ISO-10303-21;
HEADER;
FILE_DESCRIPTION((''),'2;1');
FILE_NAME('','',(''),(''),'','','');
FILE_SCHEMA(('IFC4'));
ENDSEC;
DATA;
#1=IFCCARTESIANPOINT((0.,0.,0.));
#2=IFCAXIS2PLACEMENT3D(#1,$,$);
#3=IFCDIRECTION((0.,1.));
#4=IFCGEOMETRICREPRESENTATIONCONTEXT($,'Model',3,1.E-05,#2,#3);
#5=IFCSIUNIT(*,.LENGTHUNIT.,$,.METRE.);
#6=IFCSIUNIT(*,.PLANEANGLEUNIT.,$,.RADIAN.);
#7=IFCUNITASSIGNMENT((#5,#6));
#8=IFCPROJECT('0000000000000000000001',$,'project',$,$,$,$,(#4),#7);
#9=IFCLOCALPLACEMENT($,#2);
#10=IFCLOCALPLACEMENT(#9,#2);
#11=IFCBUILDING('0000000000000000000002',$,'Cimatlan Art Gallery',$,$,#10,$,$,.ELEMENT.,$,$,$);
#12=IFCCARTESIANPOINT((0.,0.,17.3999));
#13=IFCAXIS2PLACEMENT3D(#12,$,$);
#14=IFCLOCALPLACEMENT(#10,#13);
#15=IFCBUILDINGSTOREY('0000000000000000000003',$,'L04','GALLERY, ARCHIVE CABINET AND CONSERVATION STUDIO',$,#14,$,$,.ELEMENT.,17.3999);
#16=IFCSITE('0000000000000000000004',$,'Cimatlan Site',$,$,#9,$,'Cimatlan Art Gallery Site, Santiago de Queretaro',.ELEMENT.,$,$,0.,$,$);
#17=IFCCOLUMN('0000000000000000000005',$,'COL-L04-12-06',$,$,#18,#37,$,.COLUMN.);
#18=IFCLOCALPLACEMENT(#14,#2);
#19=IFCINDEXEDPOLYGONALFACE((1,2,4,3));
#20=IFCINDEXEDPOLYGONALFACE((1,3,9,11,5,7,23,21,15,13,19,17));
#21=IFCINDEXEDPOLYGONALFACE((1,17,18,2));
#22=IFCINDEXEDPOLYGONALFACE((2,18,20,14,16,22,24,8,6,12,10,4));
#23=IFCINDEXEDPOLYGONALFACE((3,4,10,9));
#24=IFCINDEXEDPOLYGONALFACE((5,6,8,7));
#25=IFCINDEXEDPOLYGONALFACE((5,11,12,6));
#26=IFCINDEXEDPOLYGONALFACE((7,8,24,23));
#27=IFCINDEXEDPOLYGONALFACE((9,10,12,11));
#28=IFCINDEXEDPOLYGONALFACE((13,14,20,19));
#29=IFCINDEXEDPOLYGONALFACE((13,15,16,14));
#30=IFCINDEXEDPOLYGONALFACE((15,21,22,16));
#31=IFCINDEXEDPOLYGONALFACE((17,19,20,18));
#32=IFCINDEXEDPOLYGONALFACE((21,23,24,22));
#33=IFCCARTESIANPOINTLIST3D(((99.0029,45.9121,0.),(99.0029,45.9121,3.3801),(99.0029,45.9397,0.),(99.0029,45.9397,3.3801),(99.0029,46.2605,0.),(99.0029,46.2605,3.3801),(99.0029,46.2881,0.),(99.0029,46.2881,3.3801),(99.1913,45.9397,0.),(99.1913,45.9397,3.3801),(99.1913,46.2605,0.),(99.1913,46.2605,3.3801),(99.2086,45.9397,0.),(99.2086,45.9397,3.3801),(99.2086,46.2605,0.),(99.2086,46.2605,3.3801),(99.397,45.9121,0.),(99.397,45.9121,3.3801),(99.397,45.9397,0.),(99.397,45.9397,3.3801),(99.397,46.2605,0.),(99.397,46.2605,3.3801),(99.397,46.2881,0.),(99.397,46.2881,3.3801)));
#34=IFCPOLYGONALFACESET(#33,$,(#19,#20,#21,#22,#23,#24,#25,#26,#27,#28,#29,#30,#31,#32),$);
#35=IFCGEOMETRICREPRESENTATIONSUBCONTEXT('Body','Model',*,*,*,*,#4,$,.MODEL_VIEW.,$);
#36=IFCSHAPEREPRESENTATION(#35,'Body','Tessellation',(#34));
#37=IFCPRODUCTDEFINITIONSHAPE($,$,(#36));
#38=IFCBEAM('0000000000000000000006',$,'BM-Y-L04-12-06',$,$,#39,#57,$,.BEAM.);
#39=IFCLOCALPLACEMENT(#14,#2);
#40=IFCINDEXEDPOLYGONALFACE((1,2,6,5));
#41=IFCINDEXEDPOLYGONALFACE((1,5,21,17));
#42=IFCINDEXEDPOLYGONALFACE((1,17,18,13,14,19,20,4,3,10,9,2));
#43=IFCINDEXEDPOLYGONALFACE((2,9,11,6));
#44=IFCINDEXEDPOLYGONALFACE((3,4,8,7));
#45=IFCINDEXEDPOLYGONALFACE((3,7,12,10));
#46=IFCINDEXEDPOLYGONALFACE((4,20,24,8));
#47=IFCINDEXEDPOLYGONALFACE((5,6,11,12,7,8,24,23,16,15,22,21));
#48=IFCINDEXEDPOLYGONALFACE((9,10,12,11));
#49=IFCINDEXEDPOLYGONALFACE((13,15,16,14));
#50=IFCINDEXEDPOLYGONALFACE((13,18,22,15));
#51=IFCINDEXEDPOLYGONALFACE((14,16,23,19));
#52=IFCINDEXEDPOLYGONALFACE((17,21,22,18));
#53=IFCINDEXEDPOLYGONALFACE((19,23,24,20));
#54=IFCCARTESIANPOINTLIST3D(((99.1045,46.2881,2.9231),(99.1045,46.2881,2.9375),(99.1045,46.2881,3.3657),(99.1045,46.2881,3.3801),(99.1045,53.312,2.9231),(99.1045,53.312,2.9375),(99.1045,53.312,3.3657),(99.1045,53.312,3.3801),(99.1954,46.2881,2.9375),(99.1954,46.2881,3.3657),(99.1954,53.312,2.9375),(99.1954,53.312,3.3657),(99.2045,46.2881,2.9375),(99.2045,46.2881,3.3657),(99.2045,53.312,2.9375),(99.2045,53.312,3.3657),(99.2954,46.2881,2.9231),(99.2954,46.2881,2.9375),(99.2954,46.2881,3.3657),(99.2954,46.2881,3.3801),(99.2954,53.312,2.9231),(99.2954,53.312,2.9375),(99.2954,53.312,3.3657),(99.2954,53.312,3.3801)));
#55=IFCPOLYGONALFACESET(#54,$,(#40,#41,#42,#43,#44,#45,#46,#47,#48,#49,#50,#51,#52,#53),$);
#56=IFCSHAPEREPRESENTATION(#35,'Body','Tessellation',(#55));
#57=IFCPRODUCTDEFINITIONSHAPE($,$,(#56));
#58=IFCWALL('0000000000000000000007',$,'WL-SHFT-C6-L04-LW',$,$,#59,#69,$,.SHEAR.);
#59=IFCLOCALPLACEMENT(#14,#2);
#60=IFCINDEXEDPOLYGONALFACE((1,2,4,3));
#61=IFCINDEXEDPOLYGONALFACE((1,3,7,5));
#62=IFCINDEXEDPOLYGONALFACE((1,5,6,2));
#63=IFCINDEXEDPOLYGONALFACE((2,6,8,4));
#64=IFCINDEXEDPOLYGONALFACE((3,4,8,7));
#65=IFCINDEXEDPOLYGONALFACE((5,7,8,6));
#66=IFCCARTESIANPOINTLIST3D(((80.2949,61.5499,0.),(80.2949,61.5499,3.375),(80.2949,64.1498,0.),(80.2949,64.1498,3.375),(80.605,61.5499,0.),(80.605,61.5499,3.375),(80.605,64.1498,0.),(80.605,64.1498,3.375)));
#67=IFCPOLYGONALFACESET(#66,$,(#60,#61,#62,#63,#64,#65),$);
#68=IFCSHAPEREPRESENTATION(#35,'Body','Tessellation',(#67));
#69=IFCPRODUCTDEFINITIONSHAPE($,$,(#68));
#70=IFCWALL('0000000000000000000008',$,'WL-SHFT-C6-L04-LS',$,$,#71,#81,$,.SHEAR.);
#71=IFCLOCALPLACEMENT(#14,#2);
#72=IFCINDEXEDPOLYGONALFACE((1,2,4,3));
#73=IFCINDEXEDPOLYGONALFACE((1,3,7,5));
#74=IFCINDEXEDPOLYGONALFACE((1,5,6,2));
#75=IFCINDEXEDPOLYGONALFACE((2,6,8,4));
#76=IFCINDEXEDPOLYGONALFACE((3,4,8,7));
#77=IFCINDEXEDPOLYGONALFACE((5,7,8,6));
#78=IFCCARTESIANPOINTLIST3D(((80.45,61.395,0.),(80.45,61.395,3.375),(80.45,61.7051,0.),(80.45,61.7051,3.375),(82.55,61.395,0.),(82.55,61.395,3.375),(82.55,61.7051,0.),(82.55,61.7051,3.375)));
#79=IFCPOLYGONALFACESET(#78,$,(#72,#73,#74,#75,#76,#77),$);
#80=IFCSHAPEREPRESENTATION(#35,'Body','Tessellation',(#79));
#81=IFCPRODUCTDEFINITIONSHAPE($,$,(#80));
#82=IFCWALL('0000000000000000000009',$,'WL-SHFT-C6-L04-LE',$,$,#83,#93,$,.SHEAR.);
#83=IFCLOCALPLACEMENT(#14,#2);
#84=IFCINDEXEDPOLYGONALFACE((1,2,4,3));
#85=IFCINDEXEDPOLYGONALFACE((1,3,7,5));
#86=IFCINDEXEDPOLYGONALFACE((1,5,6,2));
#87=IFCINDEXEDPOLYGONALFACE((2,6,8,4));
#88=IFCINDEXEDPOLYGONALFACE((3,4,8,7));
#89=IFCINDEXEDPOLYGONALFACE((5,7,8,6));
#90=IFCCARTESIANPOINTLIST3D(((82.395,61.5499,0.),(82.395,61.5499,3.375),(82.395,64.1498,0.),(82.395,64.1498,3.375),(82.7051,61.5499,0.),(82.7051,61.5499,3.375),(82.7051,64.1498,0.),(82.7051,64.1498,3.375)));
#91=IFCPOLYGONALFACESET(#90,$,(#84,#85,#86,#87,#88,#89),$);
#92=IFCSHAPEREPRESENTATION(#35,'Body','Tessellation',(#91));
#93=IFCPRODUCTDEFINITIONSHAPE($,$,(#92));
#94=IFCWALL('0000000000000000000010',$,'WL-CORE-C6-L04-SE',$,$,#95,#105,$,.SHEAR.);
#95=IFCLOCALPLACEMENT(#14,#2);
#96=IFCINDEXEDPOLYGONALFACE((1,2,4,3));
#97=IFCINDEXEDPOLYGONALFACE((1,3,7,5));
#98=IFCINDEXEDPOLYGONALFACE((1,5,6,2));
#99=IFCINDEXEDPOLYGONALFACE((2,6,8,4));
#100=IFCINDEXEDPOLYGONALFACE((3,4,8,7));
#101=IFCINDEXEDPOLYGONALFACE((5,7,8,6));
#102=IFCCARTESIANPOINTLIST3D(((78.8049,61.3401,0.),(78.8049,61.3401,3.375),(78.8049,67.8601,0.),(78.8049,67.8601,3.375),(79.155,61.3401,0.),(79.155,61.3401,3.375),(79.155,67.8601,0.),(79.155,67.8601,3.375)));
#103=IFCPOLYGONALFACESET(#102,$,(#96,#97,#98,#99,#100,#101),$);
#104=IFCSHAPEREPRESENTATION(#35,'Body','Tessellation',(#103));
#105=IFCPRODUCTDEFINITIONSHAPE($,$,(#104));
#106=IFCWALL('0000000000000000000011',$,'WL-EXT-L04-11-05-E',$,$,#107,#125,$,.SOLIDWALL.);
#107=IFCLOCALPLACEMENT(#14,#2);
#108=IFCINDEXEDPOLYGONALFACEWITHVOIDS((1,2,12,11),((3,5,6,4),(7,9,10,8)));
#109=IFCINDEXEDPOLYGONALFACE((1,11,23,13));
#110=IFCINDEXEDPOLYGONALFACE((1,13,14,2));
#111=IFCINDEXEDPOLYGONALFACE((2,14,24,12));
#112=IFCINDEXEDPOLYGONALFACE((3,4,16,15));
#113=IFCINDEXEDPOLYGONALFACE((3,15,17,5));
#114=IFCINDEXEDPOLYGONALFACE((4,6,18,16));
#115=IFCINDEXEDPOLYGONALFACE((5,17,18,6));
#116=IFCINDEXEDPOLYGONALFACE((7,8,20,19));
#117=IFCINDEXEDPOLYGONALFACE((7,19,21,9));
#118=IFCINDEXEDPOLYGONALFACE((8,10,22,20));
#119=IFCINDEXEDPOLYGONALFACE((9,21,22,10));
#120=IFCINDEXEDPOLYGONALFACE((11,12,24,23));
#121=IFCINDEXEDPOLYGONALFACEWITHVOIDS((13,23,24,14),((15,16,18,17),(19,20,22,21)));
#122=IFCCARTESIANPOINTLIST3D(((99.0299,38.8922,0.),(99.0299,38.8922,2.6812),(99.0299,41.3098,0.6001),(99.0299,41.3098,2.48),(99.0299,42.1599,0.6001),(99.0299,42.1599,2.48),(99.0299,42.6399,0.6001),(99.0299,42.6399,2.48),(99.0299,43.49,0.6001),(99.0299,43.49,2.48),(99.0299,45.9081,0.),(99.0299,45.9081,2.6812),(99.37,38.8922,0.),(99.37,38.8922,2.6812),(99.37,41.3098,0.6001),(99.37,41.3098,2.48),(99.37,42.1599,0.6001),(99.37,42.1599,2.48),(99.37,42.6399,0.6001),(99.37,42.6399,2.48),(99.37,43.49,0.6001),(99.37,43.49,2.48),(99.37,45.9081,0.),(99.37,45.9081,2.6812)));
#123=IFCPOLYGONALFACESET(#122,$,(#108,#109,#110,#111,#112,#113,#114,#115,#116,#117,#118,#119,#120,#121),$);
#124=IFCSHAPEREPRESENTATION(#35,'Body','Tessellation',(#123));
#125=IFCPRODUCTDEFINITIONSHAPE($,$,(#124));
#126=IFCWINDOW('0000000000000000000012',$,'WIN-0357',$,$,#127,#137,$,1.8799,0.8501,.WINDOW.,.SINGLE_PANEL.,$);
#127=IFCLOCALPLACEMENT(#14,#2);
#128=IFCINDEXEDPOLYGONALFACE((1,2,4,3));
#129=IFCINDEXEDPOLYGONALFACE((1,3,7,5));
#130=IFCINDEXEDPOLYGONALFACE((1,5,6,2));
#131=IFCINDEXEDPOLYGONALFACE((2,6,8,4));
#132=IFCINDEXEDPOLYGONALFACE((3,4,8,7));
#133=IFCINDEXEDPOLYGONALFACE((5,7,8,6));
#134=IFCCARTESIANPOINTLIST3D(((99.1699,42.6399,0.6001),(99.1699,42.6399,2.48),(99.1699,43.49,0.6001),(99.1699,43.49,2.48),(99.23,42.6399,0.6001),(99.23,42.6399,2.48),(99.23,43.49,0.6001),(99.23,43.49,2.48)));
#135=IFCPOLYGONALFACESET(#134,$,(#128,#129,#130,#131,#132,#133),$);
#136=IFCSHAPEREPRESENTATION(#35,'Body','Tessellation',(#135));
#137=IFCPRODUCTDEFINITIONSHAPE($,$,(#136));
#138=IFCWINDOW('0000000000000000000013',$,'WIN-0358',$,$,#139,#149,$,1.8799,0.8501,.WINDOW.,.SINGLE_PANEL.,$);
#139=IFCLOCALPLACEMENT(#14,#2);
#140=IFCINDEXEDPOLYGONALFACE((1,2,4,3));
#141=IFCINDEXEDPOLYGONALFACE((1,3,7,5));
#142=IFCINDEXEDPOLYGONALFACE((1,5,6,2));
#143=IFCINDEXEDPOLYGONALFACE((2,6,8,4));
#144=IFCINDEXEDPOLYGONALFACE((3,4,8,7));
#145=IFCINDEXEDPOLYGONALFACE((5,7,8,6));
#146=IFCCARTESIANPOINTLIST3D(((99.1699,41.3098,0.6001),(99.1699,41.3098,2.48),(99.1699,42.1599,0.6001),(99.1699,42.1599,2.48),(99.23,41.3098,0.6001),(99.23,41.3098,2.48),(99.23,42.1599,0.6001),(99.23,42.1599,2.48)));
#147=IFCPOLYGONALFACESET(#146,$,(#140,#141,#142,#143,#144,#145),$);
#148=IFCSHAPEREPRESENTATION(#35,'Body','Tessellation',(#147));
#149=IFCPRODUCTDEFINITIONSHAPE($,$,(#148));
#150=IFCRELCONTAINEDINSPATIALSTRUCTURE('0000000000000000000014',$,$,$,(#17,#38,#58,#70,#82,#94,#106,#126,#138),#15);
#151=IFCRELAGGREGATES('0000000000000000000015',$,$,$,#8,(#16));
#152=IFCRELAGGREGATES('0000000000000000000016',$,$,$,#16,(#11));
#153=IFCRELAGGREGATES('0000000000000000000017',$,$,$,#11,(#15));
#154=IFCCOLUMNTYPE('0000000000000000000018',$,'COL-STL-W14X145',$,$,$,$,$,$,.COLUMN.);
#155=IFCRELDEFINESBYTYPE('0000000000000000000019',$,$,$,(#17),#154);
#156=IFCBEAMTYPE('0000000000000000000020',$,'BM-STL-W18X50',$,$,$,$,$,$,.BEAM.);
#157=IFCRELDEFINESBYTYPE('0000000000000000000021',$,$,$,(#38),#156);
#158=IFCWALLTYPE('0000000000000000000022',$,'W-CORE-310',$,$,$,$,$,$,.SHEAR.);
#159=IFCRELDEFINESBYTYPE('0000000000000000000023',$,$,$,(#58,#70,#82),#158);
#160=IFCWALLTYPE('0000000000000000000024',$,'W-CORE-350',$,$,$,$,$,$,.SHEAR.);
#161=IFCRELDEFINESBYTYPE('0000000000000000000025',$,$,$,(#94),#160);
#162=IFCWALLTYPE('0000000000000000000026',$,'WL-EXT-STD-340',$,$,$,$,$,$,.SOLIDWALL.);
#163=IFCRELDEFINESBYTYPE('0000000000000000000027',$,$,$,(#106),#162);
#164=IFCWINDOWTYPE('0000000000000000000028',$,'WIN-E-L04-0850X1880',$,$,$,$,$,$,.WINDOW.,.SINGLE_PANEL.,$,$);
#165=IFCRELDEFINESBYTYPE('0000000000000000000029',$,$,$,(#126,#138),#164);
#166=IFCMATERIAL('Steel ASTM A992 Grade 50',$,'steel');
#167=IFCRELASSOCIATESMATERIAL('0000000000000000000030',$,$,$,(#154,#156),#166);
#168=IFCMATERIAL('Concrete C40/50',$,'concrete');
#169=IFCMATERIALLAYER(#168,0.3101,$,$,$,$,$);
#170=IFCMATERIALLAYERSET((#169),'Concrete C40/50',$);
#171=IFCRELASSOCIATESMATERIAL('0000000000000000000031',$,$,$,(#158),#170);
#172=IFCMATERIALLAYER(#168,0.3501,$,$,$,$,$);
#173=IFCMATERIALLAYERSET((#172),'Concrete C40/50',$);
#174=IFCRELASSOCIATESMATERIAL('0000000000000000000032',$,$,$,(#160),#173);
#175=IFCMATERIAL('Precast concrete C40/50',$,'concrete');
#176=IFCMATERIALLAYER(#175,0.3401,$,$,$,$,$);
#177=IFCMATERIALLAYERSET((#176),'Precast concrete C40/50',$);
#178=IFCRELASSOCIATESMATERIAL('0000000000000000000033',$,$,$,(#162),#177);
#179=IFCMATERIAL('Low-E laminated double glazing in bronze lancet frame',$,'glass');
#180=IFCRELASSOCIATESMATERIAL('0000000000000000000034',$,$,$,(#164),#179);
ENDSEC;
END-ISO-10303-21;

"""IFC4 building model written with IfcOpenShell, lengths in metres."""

from ifc_helpers import new_model, si_unit, direction, frame, frame_2d, origin, origin_2d, place, context, subcontext, project, spatial, rectangle, i_section, extrude, material, layer, layer_set, material_profile, profile_set, type_object, element, fill, save


model = new_model("IFC4")

# Units and contexts
model_context = context("Model", 3, precision=1e-05, world=origin(), true_north=direction((0.0, 1.0)))
body_context = subcontext(model_context, "Body", "Model", "MODEL_VIEW")
ifc_project = project(units=[si_unit("LENGTHUNIT", "METRE"), si_unit("PLANEANGLEUNIT", "RADIAN")], contexts=[model_context])

# Site, building, storey
site_placement = place(None, origin())
site = spatial("IfcSite", under=ifc_project, at=site_placement, Name="Cimatlan Site", LongName="Cimatlan Art Gallery Site, Santiago de Queretaro", CompositionType="ELEMENT", RefElevation=0.0)
building_placement = place(site_placement, origin())
building = spatial("IfcBuilding", under=site, at=building_placement, Name="Cimatlan Art Gallery", CompositionType="ELEMENT")
storey_placement = place(building_placement, frame((0.0, 0.0, 17.3999)))
storey = spatial("IfcBuildingStorey", under=building, at=storey_placement, Name="L04", Description="GALLERY, ARCHIVE CABINET AND CONSERVATION STUDIO", CompositionType="ELEMENT", Elevation=17.3999)

# Column
ifc_material_1 = material(Name="Steel ASTM A992 Grade 50", Category="steel")
ifc_material_profile_1 = material_profile(ifc_material_1, i_section(OverallWidth=0.394, OverallDepth=0.376, WebThickness=0.0173, FlangeThickness=0.0276, at=origin_2d()), Name="W14X145")
ifc_profile_set_1 = profile_set([ifc_material_profile_1], Name="Steel ASTM A992 Grade 50")
column_type = type_object("IfcColumnType", Name="COL-STL-W14X145", PredefinedType="COLUMN", material=ifc_profile_set_1)
column_placement = place(storey_placement, frame((99.2, 46.1001, 0.0), z_axis=(0.0, 0.0, 1.0), x_axis=(1.0, 0.0, 0.0)))
element("IfcColumn", 1, at=column_placement, inside=storey, type_object=column_type, Name="COL-L04-12-06", PredefinedType="COLUMN", context=body_context, shape_type="SweptSolid", body=[
    extrude(i_section(OverallWidth=0.394, OverallDepth=0.376, WebThickness=0.0173, FlangeThickness=0.0276, at=origin_2d()), origin(), (0.0, 0.0, 1.0), 3.3801),
])

# Beam
ifc_material_profile_2 = material_profile(ifc_material_1, i_section(OverallWidth=0.1909, OverallDepth=0.457, WebThickness=0.009, FlangeThickness=0.0144, at=origin_2d()), Name="W18X50")
ifc_profile_set_2 = profile_set([ifc_material_profile_2], Name="Steel ASTM A992 Grade 50")
beam_type = type_object("IfcBeamType", Name="BM-STL-W18X50", PredefinedType="BEAM", material=ifc_profile_set_2)
beam_placement = place(storey_placement, frame((99.2, 46.2881, 3.1516), z_axis=(0.0, 1.0, 0.0), x_axis=(-1.0, 0.0, 0.0)))
element("IfcBeam", 2, at=beam_placement, inside=storey, type_object=beam_type, Name="BM-Y-L04-12-06", PredefinedType="BEAM", context=body_context, shape_type="SweptSolid", body=[
    extrude(i_section(OverallWidth=0.1909, OverallDepth=0.457, WebThickness=0.009, FlangeThickness=0.0144, at=origin_2d()), origin(), (0.0, 0.0, 1.0), 7.0239),
])

# Walls
ifc_material_2 = material(Name="Concrete C40/50", Category="concrete")
ifc_layer_1 = layer(ifc_material_2, 0.3101)
ifc_layer_set_1 = layer_set([ifc_layer_1], Name="Concrete C40/50")
wall_type_1 = type_object("IfcWallType", Name="W-CORE-310", PredefinedType="SHEAR", material=ifc_layer_set_1)
wall_1_placement = place(storey_placement, frame((80.45, 61.55, 0.0), z_axis=(0.0, 0.0, 1.0), x_axis=(0.0, 1.0, 0.0)))
element("IfcWall", 3, at=wall_1_placement, inside=storey, type_object=wall_type_1, Name="WL-SHFT-C6-L04-LW", PredefinedType="SHEAR", context=body_context, shape_type="SweptSolid", body=[
    extrude(rectangle(XDim=2.5999, YDim=0.3101, at=frame_2d((1.2998, 0.0))), origin(), (0.0, 0.0, 1.0), 3.375),
])
wall_2_placement = place(storey_placement, frame((80.45, 61.55, 0.0), z_axis=(0.0, 0.0, 1.0), x_axis=(1.0, 0.0, 0.0)))
element("IfcWall", 4, at=wall_2_placement, inside=storey, type_object=wall_type_1, Name="WL-SHFT-C6-L04-LS", PredefinedType="SHEAR", context=body_context, shape_type="SweptSolid", body=[
    extrude(rectangle(XDim=2.1001, YDim=0.3101, at=frame_2d((1.05, 0.0))), origin(), (0.0, 0.0, 1.0), 3.375),
])
wall_3_placement = place(storey_placement, frame((82.55, 61.55, 0.0), z_axis=(0.0, 0.0, 1.0), x_axis=(0.0, 1.0, 0.0)))
element("IfcWall", 5, at=wall_3_placement, inside=storey, type_object=wall_type_1, Name="WL-SHFT-C6-L04-LE", PredefinedType="SHEAR", context=body_context, shape_type="SweptSolid", body=[
    extrude(rectangle(XDim=2.5999, YDim=0.3101, at=frame_2d((1.2998, 0.0))), origin(), (0.0, 0.0, 1.0), 3.375),
])

# Wall
ifc_layer_2 = layer(ifc_material_2, 0.3501)
ifc_layer_set_2 = layer_set([ifc_layer_2], Name="Concrete C40/50")
wall_type_2 = type_object("IfcWallType", Name="W-CORE-350", PredefinedType="SHEAR", material=ifc_layer_set_2)
wall_4_placement = place(storey_placement, frame((78.98, 61.3401, 0.0), z_axis=(0.0, 0.0, 1.0), x_axis=(0.0, 1.0, 0.0)))
element("IfcWall", 6, at=wall_4_placement, inside=storey, type_object=wall_type_2, Name="WL-CORE-C6-L04-SE", PredefinedType="SHEAR", context=body_context, shape_type="SweptSolid", body=[
    extrude(rectangle(XDim=6.52, YDim=0.3501, at=frame_2d((3.26, 0.0))), origin(), (0.0, 0.0, 1.0), 3.375),
])

# Wall, openings, windows
ifc_material_3 = material(Name="Precast concrete C40/50", Category="concrete")
ifc_layer_3 = layer(ifc_material_3, 0.3401)
ifc_layer_set_3 = layer_set([ifc_layer_3], Name="Precast concrete C40/50")
wall_type_3 = type_object("IfcWallType", Name="WL-EXT-STD-340", PredefinedType="SOLIDWALL", material=ifc_layer_set_3)
wall_5_placement = place(storey_placement, frame((99.2, 45.908, 0.0), z_axis=(0.0, 0.0, 1.0), x_axis=(0.0, -1.0, 0.0)))
wall_5 = element("IfcWall", 7, at=wall_5_placement, inside=storey, type_object=wall_type_3, Name="WL-EXT-L04-11-05-E", PredefinedType="SOLIDWALL", context=body_context, shape_type="SweptSolid", body=[
    extrude(rectangle(XDim=7.0159, YDim=0.3401, at=frame_2d((3.5078, 0.0))), origin(), (0.0, 0.0, 1.0), 2.6812),
])
opening_1_placement = place(wall_5_placement, frame((2.418, 0.0, 0.6001)))
opening_1 = element("IfcOpeningElement", 8, at=opening_1_placement, cuts=wall_5, PredefinedType="OPENING", context=body_context, shape_type="SweptSolid", body=[
    extrude(rectangle(XDim=0.8501, YDim=1.8799, at=frame_2d((0.425, 0.9399))), frame((0.0, 0.1802, 0.0), z_axis=(0.0, -1.0, 0.0), x_axis=(1.0, 0.0, 0.0)), (0.0, 0.0, 1.0), 0.3601),
])
opening_2_placement = place(wall_5_placement, frame((3.748, 0.0, 0.6001)))
opening_2 = element("IfcOpeningElement", 9, at=opening_2_placement, cuts=wall_5, PredefinedType="OPENING", context=body_context, shape_type="SweptSolid", body=[
    extrude(rectangle(XDim=0.8501, YDim=1.8799, at=frame_2d((0.425, 0.9399))), frame((0.0, 0.1802, 0.0), z_axis=(0.0, -1.0, 0.0), x_axis=(1.0, 0.0, 0.0)), (0.0, 0.0, 1.0), 0.3601),
])
ifc_material_4 = material(Name="Low-E laminated double glazing in bronze lancet frame", Category="glass")
window_type = type_object("IfcWindowType", Name="WIN-E-L04-0850X1880", PartitioningType="SINGLE_PANEL", PredefinedType="WINDOW", material=ifc_material_4)
window_1_placement = place(opening_1_placement, origin())
window_1 = element("IfcWindow", 10, at=window_1_placement, inside=storey, type_object=window_type, Name="WIN-0357", OverallHeight=1.8799, OverallWidth=0.8501, PartitioningType="SINGLE_PANEL", PredefinedType="WINDOW", context=body_context, shape_type="SweptSolid", body=[
    extrude(rectangle(XDim=0.8501, YDim=1.8799, at=frame_2d((0.425, 0.9399))), frame((0.0, 0.03, 0.0), z_axis=(0.0, -1.0, 0.0), x_axis=(1.0, 0.0, 0.0)), (0.0, 0.0, 1.0), 0.0601),
])
fill(opening_1, window_1)
window_2_placement = place(opening_2_placement, origin())
window_2 = element("IfcWindow", 11, at=window_2_placement, inside=storey, type_object=window_type, Name="WIN-0358", OverallHeight=1.8799, OverallWidth=0.8501, PartitioningType="SINGLE_PANEL", PredefinedType="WINDOW", context=body_context, shape_type="SweptSolid", body=[
    extrude(rectangle(XDim=0.8501, YDim=1.8799, at=frame_2d((0.425, 0.9399))), frame((0.0, 0.03, 0.0), z_axis=(0.0, -1.0, 0.0), x_axis=(1.0, 0.0, 0.0)), (0.0, 0.0, 1.0), 0.0601),
])
fill(opening_2, window_2)

save(model, "model.ifc")
